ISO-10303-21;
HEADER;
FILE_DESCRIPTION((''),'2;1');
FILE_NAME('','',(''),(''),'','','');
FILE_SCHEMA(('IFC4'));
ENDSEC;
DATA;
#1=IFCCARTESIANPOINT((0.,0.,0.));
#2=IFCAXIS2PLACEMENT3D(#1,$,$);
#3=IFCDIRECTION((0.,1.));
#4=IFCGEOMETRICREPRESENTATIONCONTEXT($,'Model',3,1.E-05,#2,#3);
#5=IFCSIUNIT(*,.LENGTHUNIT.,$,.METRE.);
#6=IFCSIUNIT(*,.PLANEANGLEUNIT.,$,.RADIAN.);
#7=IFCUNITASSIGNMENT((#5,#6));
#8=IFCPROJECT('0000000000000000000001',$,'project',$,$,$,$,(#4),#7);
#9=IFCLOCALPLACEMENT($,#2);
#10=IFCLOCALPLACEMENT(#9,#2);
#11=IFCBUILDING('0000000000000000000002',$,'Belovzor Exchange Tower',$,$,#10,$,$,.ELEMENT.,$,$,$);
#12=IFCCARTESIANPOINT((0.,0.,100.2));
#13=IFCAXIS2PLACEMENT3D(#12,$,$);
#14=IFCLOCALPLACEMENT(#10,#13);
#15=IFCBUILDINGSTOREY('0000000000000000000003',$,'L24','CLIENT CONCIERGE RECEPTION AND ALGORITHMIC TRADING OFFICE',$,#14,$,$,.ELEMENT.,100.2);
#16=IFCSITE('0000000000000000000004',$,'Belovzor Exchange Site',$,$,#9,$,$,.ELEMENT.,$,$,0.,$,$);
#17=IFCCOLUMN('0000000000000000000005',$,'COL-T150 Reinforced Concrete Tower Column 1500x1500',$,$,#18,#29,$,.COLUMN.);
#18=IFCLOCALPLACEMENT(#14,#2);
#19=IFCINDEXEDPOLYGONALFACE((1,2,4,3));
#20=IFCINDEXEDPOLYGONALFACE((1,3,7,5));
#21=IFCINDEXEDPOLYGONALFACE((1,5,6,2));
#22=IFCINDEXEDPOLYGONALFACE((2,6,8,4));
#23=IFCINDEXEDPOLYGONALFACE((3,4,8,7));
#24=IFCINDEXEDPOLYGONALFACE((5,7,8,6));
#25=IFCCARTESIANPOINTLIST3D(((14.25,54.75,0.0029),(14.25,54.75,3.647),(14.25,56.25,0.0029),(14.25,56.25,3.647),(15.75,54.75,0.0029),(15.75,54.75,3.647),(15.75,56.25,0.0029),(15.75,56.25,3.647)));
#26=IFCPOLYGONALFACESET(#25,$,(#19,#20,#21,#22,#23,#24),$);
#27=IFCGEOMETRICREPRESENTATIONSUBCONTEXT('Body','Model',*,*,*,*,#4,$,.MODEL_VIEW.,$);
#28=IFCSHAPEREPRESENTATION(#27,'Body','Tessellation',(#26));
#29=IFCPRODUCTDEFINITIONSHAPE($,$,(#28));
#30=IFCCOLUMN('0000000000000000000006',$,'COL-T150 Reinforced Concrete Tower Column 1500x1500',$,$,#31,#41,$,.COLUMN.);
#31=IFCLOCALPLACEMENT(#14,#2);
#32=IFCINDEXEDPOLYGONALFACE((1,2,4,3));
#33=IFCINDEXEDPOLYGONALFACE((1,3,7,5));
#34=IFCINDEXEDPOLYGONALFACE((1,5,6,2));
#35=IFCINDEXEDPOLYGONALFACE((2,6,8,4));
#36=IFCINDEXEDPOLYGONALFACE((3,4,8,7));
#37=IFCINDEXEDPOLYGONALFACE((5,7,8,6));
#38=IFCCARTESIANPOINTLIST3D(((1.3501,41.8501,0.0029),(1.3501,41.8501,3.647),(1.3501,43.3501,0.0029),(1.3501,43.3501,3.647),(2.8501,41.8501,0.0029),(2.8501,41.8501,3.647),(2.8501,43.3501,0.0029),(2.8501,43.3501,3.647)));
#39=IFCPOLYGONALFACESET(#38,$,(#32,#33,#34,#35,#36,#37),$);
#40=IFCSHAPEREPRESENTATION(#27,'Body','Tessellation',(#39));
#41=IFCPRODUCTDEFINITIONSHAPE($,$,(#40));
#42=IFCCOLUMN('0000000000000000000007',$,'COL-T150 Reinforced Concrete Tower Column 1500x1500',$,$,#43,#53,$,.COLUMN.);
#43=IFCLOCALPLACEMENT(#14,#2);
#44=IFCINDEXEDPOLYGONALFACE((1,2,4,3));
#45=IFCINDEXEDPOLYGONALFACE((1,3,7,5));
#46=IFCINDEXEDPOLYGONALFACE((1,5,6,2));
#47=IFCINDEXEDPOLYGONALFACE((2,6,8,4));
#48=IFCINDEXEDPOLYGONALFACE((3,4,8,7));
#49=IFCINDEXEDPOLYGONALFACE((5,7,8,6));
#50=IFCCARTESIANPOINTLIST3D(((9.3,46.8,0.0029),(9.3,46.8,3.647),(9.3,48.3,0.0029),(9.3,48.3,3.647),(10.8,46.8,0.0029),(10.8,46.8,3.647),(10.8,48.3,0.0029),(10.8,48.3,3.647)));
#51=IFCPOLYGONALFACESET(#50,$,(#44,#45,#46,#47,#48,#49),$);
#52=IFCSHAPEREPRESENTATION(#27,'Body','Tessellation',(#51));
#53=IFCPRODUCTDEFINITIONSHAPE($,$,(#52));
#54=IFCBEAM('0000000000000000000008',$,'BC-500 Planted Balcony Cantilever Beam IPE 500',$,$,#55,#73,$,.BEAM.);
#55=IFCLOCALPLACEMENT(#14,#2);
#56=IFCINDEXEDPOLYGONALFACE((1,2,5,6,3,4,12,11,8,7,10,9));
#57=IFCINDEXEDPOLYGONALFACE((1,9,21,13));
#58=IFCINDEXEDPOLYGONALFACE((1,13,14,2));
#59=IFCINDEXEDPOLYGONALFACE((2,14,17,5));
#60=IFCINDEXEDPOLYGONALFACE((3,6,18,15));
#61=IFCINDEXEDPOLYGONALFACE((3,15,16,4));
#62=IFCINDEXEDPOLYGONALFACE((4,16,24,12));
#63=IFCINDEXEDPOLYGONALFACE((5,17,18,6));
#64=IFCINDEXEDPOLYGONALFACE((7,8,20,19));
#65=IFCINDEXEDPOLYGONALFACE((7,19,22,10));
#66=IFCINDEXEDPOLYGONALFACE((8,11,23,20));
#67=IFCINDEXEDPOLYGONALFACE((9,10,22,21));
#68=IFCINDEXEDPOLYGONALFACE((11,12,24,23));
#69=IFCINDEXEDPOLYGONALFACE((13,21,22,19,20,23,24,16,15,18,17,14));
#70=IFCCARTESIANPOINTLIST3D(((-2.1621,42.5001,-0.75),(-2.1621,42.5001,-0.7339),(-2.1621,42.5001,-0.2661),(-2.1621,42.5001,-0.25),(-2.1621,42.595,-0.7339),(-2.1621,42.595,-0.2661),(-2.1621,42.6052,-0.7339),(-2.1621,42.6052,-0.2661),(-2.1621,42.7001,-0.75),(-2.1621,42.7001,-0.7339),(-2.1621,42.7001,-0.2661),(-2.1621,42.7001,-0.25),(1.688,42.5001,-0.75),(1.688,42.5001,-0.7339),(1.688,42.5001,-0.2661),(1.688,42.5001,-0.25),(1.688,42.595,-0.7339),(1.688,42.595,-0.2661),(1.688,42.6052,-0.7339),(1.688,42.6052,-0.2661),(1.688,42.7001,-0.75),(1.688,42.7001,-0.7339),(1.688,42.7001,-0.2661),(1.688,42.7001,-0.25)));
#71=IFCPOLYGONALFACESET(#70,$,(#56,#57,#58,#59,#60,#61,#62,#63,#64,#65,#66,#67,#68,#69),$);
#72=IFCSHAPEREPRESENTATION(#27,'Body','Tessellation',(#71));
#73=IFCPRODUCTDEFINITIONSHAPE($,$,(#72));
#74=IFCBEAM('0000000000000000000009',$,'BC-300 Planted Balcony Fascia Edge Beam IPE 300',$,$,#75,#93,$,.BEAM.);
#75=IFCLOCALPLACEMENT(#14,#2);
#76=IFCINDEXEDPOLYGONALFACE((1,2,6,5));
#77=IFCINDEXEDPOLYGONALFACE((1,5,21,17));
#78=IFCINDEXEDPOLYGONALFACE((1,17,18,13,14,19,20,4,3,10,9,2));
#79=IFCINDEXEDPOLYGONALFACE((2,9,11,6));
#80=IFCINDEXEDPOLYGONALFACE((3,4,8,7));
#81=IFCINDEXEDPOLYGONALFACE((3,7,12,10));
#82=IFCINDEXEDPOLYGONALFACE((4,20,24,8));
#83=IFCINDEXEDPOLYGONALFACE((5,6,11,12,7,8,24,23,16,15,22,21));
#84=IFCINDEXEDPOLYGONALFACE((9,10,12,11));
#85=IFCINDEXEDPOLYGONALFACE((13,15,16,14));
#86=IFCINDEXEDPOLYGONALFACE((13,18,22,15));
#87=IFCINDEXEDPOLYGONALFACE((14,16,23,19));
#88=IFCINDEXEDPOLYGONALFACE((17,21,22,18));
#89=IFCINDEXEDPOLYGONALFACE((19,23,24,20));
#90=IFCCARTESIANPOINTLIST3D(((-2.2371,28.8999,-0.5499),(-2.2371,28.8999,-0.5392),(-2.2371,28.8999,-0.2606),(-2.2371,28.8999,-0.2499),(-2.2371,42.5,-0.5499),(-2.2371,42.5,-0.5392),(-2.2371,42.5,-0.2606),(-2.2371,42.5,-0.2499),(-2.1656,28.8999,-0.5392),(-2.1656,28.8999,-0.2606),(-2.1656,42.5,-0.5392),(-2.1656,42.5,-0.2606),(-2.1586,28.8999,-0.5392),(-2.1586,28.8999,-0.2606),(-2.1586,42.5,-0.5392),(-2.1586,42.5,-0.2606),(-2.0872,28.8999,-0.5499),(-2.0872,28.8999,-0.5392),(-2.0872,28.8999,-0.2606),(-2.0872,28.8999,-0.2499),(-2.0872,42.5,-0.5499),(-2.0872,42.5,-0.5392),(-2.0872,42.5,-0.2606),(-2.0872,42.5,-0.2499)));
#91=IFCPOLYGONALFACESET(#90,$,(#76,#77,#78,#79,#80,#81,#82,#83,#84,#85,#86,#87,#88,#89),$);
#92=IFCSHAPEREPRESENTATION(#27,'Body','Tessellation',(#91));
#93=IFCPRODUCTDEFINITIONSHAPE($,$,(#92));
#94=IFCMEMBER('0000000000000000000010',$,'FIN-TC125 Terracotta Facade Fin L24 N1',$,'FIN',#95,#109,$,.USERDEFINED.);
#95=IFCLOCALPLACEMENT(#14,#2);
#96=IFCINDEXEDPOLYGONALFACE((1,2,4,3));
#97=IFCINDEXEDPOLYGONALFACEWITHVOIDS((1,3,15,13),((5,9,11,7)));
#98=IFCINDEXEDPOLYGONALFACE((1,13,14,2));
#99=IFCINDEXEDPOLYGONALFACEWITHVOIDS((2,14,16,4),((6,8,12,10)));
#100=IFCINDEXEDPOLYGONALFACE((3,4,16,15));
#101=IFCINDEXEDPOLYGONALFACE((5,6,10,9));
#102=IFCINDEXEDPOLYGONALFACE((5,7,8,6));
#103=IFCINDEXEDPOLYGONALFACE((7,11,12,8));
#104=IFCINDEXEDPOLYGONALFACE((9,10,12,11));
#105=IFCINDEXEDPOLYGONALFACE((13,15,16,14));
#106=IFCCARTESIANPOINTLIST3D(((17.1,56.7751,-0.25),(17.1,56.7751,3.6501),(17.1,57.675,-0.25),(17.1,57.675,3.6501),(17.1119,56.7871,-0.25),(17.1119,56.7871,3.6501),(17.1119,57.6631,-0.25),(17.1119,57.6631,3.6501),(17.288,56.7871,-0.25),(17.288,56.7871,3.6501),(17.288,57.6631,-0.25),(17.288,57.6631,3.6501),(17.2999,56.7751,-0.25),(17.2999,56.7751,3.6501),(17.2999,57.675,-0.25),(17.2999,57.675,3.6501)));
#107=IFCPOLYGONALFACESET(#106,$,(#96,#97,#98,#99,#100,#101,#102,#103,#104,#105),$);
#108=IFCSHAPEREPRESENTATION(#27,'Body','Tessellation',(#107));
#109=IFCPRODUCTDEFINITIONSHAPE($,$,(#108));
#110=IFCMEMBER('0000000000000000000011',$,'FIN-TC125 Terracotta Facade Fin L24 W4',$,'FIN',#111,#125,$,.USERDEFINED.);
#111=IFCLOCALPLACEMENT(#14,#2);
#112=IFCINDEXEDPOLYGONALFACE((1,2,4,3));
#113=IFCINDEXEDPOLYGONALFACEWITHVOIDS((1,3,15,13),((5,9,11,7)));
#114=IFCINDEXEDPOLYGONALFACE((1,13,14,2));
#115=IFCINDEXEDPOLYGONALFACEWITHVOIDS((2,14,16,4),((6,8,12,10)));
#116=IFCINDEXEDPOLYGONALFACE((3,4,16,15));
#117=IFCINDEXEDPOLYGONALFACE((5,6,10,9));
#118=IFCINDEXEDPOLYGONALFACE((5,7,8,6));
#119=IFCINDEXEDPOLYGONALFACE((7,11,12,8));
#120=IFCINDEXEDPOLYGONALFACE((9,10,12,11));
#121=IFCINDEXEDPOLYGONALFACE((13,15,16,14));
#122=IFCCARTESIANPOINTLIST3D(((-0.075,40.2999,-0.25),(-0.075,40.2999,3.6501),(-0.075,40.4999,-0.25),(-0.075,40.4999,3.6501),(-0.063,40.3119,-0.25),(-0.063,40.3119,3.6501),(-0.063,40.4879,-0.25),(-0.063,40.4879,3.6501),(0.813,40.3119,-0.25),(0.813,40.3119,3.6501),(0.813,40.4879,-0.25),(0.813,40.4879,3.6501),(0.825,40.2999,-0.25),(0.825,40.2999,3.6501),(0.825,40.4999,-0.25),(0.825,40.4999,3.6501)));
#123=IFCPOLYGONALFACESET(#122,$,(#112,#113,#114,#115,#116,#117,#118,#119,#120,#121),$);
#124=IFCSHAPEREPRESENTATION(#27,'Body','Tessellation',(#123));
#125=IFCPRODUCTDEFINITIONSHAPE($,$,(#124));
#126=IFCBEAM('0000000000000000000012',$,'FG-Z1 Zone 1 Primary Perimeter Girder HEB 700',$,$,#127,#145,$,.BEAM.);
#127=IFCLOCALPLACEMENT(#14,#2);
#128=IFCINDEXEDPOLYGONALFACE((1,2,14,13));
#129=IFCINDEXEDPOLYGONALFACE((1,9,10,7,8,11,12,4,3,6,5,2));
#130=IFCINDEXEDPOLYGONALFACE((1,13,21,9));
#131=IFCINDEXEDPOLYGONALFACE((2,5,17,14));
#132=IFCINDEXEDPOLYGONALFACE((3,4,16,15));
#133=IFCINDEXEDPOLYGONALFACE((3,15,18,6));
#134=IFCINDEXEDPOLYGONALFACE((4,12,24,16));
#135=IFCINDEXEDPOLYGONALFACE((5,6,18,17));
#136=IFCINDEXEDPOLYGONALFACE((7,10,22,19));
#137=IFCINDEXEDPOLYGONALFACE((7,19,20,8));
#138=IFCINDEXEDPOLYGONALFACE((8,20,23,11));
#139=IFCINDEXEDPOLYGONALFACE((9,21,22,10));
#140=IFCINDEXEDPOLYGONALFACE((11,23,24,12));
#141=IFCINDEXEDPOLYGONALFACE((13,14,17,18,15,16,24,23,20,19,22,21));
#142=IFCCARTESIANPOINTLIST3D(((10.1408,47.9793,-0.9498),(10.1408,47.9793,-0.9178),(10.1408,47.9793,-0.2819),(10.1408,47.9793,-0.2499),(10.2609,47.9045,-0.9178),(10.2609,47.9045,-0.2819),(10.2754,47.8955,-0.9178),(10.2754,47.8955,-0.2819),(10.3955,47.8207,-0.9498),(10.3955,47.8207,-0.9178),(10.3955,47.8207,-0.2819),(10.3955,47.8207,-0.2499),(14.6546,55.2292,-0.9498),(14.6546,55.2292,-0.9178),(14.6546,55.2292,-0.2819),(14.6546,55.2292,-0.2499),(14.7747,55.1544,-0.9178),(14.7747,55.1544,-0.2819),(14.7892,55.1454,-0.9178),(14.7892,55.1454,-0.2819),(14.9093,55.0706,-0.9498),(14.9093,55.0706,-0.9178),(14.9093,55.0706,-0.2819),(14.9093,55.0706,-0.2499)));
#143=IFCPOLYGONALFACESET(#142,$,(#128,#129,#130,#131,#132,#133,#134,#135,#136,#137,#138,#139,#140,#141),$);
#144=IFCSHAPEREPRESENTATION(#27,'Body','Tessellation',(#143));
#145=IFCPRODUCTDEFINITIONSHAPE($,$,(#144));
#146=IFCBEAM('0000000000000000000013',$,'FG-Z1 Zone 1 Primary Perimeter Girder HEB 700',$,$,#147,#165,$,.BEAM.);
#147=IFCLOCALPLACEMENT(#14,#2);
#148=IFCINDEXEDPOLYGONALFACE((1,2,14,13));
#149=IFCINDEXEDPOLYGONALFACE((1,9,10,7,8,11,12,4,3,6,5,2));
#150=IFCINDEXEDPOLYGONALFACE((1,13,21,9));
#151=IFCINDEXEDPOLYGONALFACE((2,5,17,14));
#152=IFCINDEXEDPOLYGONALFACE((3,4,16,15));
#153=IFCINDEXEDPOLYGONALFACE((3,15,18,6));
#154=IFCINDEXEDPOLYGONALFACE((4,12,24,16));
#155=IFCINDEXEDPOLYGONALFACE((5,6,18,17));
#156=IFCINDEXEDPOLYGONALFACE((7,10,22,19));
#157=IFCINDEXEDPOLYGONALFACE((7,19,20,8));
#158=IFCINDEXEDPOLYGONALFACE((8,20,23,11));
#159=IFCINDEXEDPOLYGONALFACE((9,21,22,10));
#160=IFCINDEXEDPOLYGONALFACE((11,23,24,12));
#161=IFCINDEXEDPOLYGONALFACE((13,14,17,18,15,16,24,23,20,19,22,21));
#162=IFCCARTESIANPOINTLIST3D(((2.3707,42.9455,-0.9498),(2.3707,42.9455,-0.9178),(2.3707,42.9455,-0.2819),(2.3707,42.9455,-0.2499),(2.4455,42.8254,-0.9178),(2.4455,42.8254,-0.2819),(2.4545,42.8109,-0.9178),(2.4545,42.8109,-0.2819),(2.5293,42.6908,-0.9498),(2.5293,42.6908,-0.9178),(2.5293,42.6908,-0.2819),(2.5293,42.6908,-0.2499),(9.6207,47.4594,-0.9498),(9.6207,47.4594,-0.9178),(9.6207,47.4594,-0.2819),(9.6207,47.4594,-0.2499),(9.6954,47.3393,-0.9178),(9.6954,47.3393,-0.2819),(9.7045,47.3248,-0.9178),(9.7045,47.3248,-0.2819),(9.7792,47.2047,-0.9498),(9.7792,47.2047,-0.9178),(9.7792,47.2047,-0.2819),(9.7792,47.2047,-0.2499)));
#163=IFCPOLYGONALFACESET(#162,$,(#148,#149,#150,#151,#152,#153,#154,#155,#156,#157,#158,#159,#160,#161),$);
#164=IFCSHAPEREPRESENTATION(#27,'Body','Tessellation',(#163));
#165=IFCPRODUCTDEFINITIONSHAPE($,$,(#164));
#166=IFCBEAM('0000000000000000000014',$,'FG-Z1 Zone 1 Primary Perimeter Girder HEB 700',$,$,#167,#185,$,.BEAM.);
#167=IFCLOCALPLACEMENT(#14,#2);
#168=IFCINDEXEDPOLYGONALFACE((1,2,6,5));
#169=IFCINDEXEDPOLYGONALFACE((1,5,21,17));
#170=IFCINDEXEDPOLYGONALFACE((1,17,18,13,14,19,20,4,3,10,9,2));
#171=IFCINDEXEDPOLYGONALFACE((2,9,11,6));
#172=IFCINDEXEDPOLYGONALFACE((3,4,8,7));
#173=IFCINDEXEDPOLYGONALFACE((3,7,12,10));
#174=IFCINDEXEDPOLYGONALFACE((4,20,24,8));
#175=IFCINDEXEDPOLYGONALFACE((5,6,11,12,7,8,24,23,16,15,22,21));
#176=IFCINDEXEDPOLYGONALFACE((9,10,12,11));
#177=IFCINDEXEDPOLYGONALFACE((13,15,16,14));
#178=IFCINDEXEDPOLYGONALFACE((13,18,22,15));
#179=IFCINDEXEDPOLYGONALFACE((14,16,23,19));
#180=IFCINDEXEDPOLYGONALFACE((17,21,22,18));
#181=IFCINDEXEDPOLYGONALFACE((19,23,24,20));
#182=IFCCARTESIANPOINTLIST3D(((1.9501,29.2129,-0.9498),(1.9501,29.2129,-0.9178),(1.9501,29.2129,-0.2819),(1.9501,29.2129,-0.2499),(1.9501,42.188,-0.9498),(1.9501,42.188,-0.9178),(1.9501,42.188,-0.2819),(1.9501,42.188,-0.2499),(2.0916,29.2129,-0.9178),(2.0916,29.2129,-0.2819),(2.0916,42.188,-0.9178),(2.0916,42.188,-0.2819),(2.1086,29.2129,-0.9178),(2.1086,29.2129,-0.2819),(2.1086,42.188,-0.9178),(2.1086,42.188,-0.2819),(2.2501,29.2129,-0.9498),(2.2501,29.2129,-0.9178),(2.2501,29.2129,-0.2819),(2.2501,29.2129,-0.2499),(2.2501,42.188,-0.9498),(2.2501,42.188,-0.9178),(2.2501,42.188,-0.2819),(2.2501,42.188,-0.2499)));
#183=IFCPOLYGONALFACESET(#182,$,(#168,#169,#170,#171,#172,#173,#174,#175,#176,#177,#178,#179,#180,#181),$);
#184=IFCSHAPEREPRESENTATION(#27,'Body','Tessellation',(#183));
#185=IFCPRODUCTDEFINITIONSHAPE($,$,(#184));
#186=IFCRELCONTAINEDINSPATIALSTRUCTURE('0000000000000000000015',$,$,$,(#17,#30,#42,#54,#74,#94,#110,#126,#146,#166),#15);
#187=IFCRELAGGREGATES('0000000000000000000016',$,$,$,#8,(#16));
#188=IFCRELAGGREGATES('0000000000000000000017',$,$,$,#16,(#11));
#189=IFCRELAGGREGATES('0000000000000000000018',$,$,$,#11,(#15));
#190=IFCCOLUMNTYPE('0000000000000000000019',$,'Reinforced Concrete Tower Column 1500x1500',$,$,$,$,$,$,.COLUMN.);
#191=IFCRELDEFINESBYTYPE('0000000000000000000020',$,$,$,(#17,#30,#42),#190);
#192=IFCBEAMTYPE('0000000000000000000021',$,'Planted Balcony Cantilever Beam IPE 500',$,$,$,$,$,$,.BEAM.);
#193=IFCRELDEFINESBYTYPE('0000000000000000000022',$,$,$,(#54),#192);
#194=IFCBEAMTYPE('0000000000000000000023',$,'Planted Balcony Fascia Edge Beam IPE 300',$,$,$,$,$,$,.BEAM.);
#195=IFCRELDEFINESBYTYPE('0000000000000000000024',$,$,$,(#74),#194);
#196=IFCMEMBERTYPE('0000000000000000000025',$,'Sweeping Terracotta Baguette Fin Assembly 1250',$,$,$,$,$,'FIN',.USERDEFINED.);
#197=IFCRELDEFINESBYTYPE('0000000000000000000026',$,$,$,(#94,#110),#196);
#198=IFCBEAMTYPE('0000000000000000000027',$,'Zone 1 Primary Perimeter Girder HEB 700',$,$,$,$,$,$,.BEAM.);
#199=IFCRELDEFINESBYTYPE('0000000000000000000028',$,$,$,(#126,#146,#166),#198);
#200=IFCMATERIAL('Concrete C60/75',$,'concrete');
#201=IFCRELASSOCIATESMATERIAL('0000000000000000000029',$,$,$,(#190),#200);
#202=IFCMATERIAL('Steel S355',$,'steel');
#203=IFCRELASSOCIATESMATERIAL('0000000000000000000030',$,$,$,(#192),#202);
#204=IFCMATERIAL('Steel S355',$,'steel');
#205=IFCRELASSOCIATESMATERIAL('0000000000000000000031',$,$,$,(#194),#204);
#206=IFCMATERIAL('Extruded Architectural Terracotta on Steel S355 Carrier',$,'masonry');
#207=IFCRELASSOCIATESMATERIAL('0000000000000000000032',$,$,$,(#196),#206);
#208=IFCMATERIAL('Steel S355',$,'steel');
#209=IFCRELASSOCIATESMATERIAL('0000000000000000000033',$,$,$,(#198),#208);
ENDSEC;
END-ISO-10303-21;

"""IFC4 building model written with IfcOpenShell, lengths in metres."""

from ifc_helpers import new_model, si_unit, direction, frame, origin, origin_2d, place, context, subcontext, project, spatial, rectangle, hollow_rectangle, i_section, extrude, material, material_profile, profile_set, type_object, element, save


model = new_model("IFC4")

# Units and contexts
model_context = context("Model", 3, precision=1e-05, world=origin(), true_north=direction((0.0, 1.0)))
body_context = subcontext(model_context, "Body", "Model", "MODEL_VIEW")
ifc_project = project(units=[si_unit("LENGTHUNIT", "METRE"), si_unit("PLANEANGLEUNIT", "RADIAN")], contexts=[model_context])

# Site, building, storey
site_placement = place(None, origin())
site = spatial("IfcSite", under=ifc_project, at=site_placement, Name="Belovzor Exchange Site", CompositionType="ELEMENT", RefElevation=0.0)
building_placement = place(site_placement, origin())
building = spatial("IfcBuilding", under=site, at=building_placement, Name="Belovzor Exchange Tower", CompositionType="ELEMENT")
storey_placement = place(building_placement, frame((0.0, 0.0, 100.2)))
storey = spatial("IfcBuildingStorey", under=building, at=storey_placement, Name="L24", Description="CLIENT CONCIERGE RECEPTION AND ALGORITHMIC TRADING OFFICE", CompositionType="ELEMENT", Elevation=100.2)

# Columns
ifc_material_1 = material(Name="Concrete C60/75", Category="concrete")
ifc_material_profile_1 = material_profile(ifc_material_1, rectangle(XDim=1.5, YDim=1.5, at=origin_2d()))
ifc_profile_set_1 = profile_set([ifc_material_profile_1], Name="Concrete C60/75")
column_type = type_object("IfcColumnType", Name="Reinforced Concrete Tower Column 1500x1500", PredefinedType="COLUMN", material=ifc_profile_set_1)
for number, where, z_axis, x_axis, name in (
    (1, (15.0, 55.5, 0.0029), (0.0, 0.0, 1.0), (1.0, 0.0, 0.0), "COL-T150 Reinforced Concrete Tower Column 1500x1500"),
    (2, (2.1001, 42.6001, 0.0029), (0.0, 0.0, 1.0), (1.0, 0.0, 0.0), "COL-T150 Reinforced Concrete Tower Column 1500x1500"),
    (3, (10.05, 47.55, 0.0029), (0.0, 0.0, 1.0), (1.0, 0.0, 0.0), "COL-T150 Reinforced Concrete Tower Column 1500x1500"),
):
    element("IfcColumn", number, at=place(storey_placement, frame(where, z_axis=z_axis, x_axis=x_axis)), inside=storey, type_object=column_type, Name=name, PredefinedType="COLUMN", context=body_context, shape_type="SweptSolid", body=[
        extrude(rectangle(XDim=1.5, YDim=1.5, at=origin_2d()), origin(), (0.0, 0.0, 1.0), 3.644),
    ])

# Beams
ifc_material_2 = material(Name="Steel S355", Category="steel")
ifc_material_profile_2 = material_profile(ifc_material_2, i_section(OverallWidth=0.2, OverallDepth=0.5, WebThickness=0.0103, FlangeThickness=0.0161, at=origin_2d()))
ifc_profile_set_2 = profile_set([ifc_material_profile_2], Name="Steel S355")
beam_type_1 = type_object("IfcBeamType", Name="Planted Balcony Cantilever Beam IPE 500", PredefinedType="BEAM", material=ifc_profile_set_2)
beam_1_placement = place(storey_placement, frame((1.688, 42.6001, -0.5), z_axis=(-1.0, 0.0, 0.0), x_axis=(0.0, -1.0, 0.0)))
element("IfcBeam", 4, at=beam_1_placement, inside=storey, type_object=beam_type_1, Name="BC-500 Planted Balcony Cantilever Beam IPE 500", PredefinedType="BEAM", context=body_context, shape_type="SweptSolid", body=[
    extrude(i_section(OverallWidth=0.2, OverallDepth=0.5, WebThickness=0.0103, FlangeThickness=0.0161, at=origin_2d()), origin(), (0.0, 0.0, 1.0), 3.8501),
])
ifc_material_3 = material(Name="Steel S355", Category="steel")
ifc_material_profile_3 = material_profile(ifc_material_3, i_section(OverallWidth=0.1499, OverallDepth=0.3, WebThickness=0.0071, FlangeThickness=0.0107, at=origin_2d()))
ifc_profile_set_3 = profile_set([ifc_material_profile_3], Name="Steel S355")
beam_type_2 = type_object("IfcBeamType", Name="Planted Balcony Fascia Edge Beam IPE 300", PredefinedType="BEAM", material=ifc_profile_set_3)
beam_2_placement = place(storey_placement, frame((-2.1621, 42.5, -0.3999), z_axis=(0.0, -1.0, 0.0), x_axis=(1.0, 0.0, 0.0)))
element("IfcBeam", 5, at=beam_2_placement, inside=storey, type_object=beam_type_2, Name="BC-300 Planted Balcony Fascia Edge Beam IPE 300", PredefinedType="BEAM", context=body_context, shape_type="SweptSolid", body=[
    extrude(i_section(OverallWidth=0.1499, OverallDepth=0.3, WebThickness=0.0071, FlangeThickness=0.0107, at=origin_2d()), origin(), (0.0, 0.0, 1.0), 13.6001),
])

# Members
ifc_material_4 = material(Name="Extruded Architectural Terracotta on Steel S355 Carrier", Category="masonry")
ifc_material_profile_4 = material_profile(ifc_material_4, hollow_rectangle(XDim=0.2, YDim=0.8999, WallThickness=0.012, at=origin_2d()))
ifc_profile_set_4 = profile_set([ifc_material_profile_4], Name="Extruded Architectural Terracotta on Steel S355 Carrier")
member_type = type_object("IfcMemberType", Name="Sweeping Terracotta Baguette Fin Assembly 1250", ElementType="FIN", PredefinedType="USERDEFINED", material=ifc_profile_set_4)
for number, where, z_axis, x_axis, name in (
    (6, (17.2, 57.2251, -0.25), (0.0, 0.0, 1.0), (1.0, 0.0, 0.0), "FIN-TC125 Terracotta Facade Fin L24 N1"),
    (7, (0.375, 40.3999, -0.25), (0.0, 0.0, 1.0), (0.0, 1.0, 0.0), "FIN-TC125 Terracotta Facade Fin L24 W4"),
):
    element("IfcMember", number, at=place(storey_placement, frame(where, z_axis=z_axis, x_axis=x_axis)), inside=storey, type_object=member_type, Name=name, ObjectType="FIN", PredefinedType="USERDEFINED", context=body_context, shape_type="SweptSolid", body=[
        extrude(hollow_rectangle(XDim=0.2, YDim=0.8999, WallThickness=0.012, at=origin_2d()), origin(), (0.0, 0.0, 1.0), 3.9001),
    ])

# Beams
ifc_material_5 = material(Name="Steel S355", Category="steel")
ifc_material_profile_5 = material_profile(ifc_material_5, i_section(OverallWidth=0.3, OverallDepth=0.7, WebThickness=0.0171, FlangeThickness=0.032, at=origin_2d()))
ifc_profile_set_5 = profile_set([ifc_material_profile_5], Name="Steel S355")
beam_type_3 = type_object("IfcBeamType", Name="Zone 1 Primary Perimeter Girder HEB 700", PredefinedType="BEAM", material=ifc_profile_set_5)
for number, where, z_axis, x_axis, name in (
    (8, (14.782, 55.1499, -0.5999), (-0.528539, -0.848909, 0.0), (0.848909, -0.528539, 0.0), "FG-Z1 Zone 1 Primary Perimeter Girder HEB 700"),
    (9, (9.7, 47.332, -0.5999), (-0.848909, -0.528539, 0.0), (0.528539, -0.848909, 0.0), "FG-Z1 Zone 1 Primary Perimeter Girder HEB 700"),
):
    element("IfcBeam", number, at=place(storey_placement, frame(where, z_axis=z_axis, x_axis=x_axis)), inside=storey, type_object=beam_type_3, Name=name, PredefinedType="BEAM", context=body_context, shape_type="SweptSolid", body=[
        extrude(i_section(OverallWidth=0.3, OverallDepth=0.7, WebThickness=0.0171, FlangeThickness=0.032, at=origin_2d()), origin(), (0.0, 0.0, 1.0), 8.5403),
    ])
beam_3_placement = place(storey_placement, frame((2.1001, 42.188, -0.5999), z_axis=(0.0, -1.0, 0.0), x_axis=(1.0, 0.0, 0.0)))
element("IfcBeam", 10, at=beam_3_placement, inside=storey, type_object=beam_type_3, Name="FG-Z1 Zone 1 Primary Perimeter Girder HEB 700", PredefinedType="BEAM", context=body_context, shape_type="SweptSolid", body=[
    extrude(i_section(OverallWidth=0.3, OverallDepth=0.7, WebThickness=0.0171, FlangeThickness=0.032, at=origin_2d()), origin(), (0.0, 0.0, 1.0), 12.9751),
])

save(model, "model.ifc")
